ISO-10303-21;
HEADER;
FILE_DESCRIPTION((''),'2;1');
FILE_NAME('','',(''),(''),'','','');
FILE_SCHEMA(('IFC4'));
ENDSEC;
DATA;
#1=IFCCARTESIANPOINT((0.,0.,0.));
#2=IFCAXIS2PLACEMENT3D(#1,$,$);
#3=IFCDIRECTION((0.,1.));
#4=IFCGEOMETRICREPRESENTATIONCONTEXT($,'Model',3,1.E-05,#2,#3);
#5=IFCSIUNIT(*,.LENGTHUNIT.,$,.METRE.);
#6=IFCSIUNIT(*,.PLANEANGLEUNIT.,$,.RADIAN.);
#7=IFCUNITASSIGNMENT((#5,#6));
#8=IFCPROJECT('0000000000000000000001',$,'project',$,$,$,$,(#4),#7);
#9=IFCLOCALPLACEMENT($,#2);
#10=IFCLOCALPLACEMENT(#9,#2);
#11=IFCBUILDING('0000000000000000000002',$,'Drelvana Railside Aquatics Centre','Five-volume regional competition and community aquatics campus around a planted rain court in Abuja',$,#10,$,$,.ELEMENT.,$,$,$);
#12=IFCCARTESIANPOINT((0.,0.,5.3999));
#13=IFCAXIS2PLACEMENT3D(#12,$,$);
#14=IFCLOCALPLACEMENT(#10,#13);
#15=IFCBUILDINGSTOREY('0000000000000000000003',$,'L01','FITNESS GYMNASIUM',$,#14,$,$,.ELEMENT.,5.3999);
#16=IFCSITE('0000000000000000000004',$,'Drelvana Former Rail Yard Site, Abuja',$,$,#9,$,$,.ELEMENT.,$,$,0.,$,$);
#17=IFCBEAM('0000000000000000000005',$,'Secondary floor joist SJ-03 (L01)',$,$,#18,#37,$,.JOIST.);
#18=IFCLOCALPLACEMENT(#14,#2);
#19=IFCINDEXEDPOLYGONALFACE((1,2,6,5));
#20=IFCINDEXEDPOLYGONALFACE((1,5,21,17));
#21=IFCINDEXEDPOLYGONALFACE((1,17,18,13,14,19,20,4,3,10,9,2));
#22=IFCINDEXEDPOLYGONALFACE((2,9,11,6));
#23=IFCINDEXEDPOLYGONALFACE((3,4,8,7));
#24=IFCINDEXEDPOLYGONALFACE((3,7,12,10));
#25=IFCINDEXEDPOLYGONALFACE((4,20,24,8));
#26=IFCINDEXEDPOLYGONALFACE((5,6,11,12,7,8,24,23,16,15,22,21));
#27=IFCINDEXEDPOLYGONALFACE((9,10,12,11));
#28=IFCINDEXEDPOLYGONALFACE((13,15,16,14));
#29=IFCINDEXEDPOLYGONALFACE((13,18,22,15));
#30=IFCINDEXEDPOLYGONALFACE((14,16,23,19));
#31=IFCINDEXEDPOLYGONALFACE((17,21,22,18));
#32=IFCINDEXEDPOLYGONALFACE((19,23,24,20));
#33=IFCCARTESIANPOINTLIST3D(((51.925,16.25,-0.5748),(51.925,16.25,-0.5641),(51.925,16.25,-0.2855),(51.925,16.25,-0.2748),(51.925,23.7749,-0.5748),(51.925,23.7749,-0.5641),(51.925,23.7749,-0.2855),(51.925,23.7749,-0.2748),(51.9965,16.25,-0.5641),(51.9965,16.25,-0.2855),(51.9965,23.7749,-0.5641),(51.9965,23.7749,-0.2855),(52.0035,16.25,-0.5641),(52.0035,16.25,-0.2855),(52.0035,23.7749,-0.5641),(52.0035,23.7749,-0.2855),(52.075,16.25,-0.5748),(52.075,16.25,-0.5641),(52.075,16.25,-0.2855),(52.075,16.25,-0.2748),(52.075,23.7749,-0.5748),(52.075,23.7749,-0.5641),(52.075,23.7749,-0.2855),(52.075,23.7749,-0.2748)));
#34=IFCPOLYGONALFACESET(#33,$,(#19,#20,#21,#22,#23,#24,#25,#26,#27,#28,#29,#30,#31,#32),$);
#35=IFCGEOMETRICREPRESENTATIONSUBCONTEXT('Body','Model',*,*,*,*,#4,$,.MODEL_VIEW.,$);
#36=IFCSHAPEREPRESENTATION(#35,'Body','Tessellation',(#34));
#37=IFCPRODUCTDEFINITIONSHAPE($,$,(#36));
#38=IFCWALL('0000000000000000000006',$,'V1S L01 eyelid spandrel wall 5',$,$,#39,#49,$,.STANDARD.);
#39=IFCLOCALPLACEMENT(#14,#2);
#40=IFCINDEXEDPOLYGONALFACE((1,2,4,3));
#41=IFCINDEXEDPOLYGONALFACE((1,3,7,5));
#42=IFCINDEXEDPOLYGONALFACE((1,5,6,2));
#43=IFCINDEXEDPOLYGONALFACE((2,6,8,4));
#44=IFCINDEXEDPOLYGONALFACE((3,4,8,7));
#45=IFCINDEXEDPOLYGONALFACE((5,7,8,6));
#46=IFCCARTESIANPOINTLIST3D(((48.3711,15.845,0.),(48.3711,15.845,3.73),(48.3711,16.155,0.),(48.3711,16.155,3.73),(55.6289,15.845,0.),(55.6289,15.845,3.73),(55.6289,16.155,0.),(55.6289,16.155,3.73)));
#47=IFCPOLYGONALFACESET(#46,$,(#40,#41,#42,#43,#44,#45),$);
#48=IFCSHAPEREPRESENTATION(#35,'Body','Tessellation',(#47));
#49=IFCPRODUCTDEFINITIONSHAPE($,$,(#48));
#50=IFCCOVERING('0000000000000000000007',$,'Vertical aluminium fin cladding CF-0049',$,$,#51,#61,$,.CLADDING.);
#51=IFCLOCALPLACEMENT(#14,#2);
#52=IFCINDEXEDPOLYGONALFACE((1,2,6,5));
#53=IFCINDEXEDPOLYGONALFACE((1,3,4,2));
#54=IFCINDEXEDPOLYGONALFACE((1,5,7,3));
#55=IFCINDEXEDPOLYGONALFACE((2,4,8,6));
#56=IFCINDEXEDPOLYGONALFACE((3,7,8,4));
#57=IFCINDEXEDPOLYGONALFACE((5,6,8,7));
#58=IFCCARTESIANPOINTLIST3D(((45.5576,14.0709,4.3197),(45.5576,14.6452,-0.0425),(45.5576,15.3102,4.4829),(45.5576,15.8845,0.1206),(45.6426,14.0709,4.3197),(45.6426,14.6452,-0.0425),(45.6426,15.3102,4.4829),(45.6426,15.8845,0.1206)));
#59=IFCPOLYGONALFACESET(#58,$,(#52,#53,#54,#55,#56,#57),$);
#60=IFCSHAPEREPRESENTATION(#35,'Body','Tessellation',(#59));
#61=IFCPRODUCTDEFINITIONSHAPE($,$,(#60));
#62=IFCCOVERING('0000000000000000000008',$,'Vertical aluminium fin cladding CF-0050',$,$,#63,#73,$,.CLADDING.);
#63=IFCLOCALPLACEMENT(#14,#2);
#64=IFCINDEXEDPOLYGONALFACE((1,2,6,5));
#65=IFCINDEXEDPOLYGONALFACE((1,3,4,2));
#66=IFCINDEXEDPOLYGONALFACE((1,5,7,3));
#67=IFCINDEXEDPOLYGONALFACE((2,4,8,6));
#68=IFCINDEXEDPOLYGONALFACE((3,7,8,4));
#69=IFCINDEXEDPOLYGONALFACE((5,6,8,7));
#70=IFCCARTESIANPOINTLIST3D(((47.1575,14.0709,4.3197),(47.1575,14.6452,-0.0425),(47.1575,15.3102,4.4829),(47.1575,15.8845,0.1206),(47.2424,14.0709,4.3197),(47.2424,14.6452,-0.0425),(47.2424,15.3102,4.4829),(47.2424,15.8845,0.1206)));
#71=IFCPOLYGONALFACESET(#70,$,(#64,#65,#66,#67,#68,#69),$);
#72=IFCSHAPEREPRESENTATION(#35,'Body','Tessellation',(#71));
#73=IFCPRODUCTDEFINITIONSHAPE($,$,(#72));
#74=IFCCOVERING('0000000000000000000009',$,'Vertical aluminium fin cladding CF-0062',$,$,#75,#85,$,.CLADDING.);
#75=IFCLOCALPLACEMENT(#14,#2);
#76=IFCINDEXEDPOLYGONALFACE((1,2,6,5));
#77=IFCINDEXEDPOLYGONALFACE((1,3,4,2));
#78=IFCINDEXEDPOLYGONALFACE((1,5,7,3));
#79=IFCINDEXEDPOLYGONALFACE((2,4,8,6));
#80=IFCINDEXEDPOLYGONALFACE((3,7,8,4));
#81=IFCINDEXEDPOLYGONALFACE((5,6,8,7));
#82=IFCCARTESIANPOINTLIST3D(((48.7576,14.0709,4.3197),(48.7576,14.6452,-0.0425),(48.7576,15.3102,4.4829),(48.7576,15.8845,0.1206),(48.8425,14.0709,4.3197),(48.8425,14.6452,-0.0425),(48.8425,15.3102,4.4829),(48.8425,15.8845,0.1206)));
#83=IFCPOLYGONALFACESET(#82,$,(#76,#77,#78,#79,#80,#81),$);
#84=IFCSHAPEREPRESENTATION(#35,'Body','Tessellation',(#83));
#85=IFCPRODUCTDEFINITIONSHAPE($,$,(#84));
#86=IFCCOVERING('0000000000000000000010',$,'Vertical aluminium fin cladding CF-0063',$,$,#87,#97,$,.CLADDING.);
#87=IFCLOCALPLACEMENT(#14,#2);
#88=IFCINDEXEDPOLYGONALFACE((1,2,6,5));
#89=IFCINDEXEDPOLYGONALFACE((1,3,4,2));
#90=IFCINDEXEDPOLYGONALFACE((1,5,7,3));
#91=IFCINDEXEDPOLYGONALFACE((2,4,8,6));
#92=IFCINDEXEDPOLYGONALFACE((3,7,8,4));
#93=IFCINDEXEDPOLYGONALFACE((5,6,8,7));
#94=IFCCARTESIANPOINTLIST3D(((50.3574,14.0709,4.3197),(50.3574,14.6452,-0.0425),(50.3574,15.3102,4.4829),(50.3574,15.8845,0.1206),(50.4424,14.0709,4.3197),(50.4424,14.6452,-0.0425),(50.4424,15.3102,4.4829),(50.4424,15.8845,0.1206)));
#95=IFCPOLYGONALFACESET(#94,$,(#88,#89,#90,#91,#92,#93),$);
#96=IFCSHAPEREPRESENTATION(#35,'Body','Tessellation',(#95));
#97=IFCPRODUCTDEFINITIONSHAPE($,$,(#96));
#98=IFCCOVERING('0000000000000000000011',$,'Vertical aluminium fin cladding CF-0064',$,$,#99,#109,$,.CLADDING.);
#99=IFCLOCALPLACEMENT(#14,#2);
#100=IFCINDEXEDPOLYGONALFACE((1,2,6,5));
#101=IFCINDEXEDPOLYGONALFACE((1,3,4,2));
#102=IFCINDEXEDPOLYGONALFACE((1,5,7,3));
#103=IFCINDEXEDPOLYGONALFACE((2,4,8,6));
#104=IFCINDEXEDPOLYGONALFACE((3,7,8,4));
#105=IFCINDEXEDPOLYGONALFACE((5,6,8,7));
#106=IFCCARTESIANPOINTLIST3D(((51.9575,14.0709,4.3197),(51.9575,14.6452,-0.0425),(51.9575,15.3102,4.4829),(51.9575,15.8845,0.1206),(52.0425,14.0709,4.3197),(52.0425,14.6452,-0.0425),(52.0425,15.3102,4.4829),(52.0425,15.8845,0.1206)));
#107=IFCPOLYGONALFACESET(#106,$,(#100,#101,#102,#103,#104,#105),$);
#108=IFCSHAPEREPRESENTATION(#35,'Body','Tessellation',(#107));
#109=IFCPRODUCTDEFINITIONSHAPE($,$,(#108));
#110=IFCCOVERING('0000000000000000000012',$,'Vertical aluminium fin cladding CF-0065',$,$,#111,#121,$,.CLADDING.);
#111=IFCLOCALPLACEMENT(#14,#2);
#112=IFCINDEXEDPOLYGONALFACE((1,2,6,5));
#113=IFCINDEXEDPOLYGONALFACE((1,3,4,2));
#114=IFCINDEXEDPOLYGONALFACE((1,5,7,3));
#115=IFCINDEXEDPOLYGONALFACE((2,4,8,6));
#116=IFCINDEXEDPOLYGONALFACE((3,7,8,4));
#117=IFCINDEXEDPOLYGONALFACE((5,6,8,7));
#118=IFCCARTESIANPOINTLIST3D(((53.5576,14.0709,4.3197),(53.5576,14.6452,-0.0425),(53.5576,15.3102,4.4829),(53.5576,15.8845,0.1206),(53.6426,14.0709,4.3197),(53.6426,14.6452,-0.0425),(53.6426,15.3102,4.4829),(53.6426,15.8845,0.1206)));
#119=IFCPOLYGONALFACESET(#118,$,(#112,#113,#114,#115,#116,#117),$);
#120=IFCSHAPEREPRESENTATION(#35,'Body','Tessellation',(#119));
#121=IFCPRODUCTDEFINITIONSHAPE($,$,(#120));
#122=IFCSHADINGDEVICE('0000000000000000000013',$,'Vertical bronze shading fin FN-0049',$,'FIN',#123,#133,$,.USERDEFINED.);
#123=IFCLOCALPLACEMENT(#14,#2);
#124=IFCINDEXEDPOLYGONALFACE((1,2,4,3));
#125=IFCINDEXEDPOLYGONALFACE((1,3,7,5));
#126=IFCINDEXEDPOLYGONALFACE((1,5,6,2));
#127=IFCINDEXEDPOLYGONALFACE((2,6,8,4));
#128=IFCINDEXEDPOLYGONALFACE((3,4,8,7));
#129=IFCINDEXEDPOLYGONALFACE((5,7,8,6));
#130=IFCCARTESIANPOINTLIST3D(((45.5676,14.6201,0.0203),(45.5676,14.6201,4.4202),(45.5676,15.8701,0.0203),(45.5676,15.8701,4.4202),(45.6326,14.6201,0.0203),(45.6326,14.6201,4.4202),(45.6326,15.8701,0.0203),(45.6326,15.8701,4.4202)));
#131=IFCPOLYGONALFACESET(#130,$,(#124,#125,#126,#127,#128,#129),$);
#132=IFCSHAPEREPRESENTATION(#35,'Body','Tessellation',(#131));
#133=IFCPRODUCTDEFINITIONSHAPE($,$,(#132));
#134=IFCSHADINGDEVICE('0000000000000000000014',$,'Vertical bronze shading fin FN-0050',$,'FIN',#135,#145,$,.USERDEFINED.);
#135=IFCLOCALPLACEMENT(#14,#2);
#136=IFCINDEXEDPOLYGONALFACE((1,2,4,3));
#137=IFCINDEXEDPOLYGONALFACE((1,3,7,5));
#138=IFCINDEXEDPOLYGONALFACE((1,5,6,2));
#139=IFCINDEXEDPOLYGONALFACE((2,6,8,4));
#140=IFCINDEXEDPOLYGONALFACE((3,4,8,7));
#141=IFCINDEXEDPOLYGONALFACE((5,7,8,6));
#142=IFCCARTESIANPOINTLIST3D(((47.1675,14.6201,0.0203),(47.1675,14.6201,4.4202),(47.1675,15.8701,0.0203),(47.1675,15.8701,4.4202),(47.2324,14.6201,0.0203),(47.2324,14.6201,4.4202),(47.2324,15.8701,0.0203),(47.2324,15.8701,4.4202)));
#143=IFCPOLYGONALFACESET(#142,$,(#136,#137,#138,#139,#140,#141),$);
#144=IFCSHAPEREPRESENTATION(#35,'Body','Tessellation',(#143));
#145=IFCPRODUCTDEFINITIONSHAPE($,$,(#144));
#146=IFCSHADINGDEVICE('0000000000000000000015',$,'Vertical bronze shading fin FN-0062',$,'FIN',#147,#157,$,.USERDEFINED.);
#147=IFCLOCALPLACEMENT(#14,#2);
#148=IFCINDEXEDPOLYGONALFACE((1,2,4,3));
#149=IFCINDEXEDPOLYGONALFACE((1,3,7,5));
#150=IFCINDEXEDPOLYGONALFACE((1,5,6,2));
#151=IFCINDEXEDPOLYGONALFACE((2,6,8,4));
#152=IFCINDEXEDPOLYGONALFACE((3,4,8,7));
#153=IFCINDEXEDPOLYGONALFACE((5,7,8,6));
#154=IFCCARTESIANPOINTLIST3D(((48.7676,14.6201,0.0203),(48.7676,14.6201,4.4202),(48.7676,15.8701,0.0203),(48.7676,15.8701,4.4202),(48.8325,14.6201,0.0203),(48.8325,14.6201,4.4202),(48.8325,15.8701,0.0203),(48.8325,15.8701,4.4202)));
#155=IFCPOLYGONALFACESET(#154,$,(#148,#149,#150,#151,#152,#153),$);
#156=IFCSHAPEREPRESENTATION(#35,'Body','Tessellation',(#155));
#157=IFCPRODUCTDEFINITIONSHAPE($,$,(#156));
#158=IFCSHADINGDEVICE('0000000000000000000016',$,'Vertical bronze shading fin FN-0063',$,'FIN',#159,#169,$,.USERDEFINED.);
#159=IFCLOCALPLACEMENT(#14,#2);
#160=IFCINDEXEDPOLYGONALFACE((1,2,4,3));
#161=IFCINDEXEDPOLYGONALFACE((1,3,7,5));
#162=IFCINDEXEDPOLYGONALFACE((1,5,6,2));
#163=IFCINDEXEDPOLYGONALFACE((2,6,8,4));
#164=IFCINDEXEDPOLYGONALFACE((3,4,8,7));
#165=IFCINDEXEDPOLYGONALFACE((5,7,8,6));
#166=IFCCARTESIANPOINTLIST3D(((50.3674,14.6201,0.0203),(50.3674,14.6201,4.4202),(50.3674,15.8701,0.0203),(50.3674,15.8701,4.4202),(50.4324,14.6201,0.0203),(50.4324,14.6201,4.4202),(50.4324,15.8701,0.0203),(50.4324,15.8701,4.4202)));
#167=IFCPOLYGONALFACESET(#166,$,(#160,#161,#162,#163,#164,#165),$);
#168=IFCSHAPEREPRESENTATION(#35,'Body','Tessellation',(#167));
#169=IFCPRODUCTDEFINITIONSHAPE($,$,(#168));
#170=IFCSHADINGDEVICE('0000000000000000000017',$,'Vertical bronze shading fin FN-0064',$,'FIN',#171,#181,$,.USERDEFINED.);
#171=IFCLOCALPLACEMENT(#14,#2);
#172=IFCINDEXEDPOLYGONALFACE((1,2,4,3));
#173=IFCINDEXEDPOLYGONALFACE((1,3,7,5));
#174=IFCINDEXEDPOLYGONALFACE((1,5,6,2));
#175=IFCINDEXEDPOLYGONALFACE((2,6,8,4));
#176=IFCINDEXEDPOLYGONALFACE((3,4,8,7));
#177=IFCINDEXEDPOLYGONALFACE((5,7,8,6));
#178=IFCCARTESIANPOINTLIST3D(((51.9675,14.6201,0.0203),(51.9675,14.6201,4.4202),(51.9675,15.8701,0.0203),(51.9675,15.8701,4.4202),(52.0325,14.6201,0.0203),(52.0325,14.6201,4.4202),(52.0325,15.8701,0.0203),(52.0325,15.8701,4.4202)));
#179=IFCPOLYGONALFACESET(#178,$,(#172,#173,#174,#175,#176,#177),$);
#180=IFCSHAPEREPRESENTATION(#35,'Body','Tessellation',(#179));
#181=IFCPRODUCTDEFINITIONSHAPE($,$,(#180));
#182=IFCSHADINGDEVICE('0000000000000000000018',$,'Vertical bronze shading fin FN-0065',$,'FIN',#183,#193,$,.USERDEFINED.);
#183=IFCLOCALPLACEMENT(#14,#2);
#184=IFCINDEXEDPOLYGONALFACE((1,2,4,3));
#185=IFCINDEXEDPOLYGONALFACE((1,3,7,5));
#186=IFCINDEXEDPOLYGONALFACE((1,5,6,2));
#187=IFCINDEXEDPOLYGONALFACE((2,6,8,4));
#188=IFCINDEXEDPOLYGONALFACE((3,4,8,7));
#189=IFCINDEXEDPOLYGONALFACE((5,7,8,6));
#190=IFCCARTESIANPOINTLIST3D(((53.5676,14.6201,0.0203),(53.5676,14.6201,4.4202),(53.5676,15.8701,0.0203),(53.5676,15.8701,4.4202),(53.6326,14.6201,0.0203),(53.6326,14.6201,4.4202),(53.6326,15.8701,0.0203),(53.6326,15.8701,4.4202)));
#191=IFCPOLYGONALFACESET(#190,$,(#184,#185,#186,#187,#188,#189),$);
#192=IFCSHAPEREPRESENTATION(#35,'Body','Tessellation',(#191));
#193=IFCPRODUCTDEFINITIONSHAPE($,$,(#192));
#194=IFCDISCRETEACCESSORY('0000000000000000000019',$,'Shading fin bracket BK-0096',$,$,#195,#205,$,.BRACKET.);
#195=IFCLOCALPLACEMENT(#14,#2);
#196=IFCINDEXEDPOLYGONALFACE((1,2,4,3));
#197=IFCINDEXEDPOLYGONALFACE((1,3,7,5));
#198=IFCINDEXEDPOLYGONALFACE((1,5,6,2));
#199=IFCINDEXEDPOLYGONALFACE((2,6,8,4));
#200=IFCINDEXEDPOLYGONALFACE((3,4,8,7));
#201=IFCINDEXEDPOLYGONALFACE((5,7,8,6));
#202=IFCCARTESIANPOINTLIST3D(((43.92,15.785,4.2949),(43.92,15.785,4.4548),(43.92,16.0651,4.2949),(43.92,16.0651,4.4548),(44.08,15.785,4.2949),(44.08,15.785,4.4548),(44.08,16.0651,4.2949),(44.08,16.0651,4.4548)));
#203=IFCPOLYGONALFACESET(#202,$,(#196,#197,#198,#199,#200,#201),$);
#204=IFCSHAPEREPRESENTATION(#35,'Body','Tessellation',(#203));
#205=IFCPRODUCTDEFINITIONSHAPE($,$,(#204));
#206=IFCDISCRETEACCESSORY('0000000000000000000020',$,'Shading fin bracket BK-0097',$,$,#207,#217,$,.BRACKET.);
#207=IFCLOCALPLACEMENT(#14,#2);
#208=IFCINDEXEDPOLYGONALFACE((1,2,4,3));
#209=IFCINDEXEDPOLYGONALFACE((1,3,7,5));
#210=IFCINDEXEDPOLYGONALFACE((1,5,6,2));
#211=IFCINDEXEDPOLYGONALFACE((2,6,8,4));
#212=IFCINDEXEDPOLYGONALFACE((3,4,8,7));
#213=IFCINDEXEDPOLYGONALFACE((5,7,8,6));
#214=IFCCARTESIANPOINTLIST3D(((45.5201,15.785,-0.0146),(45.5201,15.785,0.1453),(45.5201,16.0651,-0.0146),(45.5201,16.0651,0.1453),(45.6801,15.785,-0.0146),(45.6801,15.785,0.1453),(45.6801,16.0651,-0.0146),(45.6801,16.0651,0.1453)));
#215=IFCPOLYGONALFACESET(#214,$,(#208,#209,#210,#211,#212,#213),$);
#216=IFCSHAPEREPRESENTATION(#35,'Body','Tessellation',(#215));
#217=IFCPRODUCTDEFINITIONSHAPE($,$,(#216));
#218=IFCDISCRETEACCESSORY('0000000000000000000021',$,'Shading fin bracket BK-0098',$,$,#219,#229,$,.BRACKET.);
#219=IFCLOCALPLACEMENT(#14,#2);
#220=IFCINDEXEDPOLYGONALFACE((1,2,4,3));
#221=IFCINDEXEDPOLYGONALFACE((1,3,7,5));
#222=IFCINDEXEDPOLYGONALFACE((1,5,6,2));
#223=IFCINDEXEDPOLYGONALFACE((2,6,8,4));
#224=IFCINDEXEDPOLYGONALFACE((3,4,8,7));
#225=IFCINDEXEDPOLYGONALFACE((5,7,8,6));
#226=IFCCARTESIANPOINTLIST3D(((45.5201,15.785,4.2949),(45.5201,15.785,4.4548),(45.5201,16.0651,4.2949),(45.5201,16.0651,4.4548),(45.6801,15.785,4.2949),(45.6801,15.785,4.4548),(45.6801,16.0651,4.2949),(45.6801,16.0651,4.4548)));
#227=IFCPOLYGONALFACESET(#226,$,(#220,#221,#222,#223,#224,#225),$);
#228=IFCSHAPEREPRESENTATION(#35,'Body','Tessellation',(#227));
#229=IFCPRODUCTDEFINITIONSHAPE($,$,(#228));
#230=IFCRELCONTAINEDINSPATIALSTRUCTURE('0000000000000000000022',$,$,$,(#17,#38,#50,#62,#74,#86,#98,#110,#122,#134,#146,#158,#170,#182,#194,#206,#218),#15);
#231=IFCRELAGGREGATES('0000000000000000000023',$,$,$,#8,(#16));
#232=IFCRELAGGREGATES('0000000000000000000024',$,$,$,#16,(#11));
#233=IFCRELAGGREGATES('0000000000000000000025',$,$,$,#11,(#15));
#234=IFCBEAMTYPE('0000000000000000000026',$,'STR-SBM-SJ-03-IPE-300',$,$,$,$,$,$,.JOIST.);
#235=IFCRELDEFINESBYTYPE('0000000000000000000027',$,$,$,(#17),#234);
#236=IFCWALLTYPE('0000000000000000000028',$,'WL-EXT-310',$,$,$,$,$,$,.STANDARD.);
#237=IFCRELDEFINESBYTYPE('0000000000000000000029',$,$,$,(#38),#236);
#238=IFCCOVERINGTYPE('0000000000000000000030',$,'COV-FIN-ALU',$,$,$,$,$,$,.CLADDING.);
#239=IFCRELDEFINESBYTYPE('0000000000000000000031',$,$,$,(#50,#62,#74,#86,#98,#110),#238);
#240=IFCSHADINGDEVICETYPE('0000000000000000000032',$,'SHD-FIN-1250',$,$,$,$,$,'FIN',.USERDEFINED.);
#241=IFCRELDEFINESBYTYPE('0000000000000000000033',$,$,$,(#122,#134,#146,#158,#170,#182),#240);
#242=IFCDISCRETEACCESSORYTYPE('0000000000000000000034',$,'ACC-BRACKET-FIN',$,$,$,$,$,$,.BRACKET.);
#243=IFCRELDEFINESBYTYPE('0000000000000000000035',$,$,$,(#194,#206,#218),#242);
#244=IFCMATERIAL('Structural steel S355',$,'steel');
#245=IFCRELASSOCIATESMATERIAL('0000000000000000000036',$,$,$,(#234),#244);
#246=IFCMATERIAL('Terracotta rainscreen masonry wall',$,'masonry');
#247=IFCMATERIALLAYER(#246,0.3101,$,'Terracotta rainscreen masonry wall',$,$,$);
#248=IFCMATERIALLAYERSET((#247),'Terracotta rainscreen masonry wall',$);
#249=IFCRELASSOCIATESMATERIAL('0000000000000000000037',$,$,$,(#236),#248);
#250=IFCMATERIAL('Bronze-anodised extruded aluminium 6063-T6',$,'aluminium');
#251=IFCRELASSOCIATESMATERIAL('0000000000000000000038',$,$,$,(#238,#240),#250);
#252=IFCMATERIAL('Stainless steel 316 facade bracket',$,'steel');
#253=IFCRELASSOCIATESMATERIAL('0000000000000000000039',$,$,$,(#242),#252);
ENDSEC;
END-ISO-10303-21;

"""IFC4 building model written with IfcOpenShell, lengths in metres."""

from ifc_helpers import new_model, si_unit, direction, frame, frame_2d, origin, origin_2d, place, context, subcontext, project, spatial, rectangle, i_section, extrude, material, layer, layer_set, material_profile, profile_set, type_object, element, save


model = new_model("IFC4")

# Units and contexts
model_context = context("Model", 3, precision=1e-05, world=origin(), true_north=direction((0.0, 1.0)))
body_context = subcontext(model_context, "Body", "Model", "MODEL_VIEW")
ifc_project = project(units=[si_unit("LENGTHUNIT", "METRE"), si_unit("PLANEANGLEUNIT", "RADIAN")], contexts=[model_context])

# Site, building, storey
site_placement = place(None, origin())
site = spatial("IfcSite", under=ifc_project, at=site_placement, Name="Drelvana Former Rail Yard Site, Abuja", CompositionType="ELEMENT", RefElevation=0.0)
building_placement = place(site_placement, origin())
building = spatial("IfcBuilding", under=site, at=building_placement, Name="Drelvana Railside Aquatics Centre", Description="Five-volume regional competition and community aquatics campus around a planted rain court in Abuja", CompositionType="ELEMENT")
storey_placement = place(building_placement, frame((0.0, 0.0, 5.3999)))
storey = spatial("IfcBuildingStorey", under=building, at=storey_placement, Name="L01", Description="FITNESS GYMNASIUM", CompositionType="ELEMENT", Elevation=5.3999)

# Beam
ifc_material_1 = material(Name="Structural steel S355", Category="steel")
ifc_material_profile_1 = material_profile(ifc_material_1, i_section(OverallWidth=0.1499, OverallDepth=0.3, WebThickness=0.0071, FlangeThickness=0.0107, at=origin_2d()), Name="IPE 300")
ifc_profile_set_1 = profile_set([ifc_material_profile_1], Name="Structural steel S355")
beam_type_1 = type_object("IfcBeamType", Name="STR-SBM-SJ-03-IPE-300", PredefinedType="JOIST", material=ifc_profile_set_1)
for number, where, z_axis, x_axis, name in (
    (1, (52.0, 16.25, -0.4248), (0.0, 1.0, 0.0), (-1.0, 0.0, 0.0), "Secondary floor joist SJ-03 (L01)"),
):
    element("IfcBeam", number, at=place(storey_placement, frame(where, z_axis=z_axis, x_axis=x_axis)), inside=storey, type_object=beam_type_1, Name=name, PredefinedType="JOIST", context=body_context, shape_type="SweptSolid", body=[
        extrude(i_section(OverallWidth=0.1499, OverallDepth=0.3, WebThickness=0.0071, FlangeThickness=0.0107, at=origin_2d()), origin(), (0.0, 0.0, 1.0), 7.5249),
    ])

# Wall
ifc_material_2 = material(Name="Terracotta rainscreen masonry wall", Category="masonry")
ifc_layer = layer(ifc_material_2, 0.3101, Name="Terracotta rainscreen masonry wall")
ifc_layer_set = layer_set([ifc_layer], Name="Terracotta rainscreen masonry wall")
wall_type = type_object("IfcWallType", Name="WL-EXT-310", PredefinedType="STANDARD", material=ifc_layer_set)
wall_placement = place(storey_placement, frame((48.3711, 16.0, 0.0), z_axis=(0.0, 0.0, 1.0), x_axis=(1.0, 0.0, 0.0)))
element("IfcWall", 2, at=wall_placement, inside=storey, type_object=wall_type, Name="V1S L01 eyelid spandrel wall 5", PredefinedType="STANDARD", context=body_context, shape_type="SweptSolid", body=[
    extrude(rectangle(XDim=7.2578, YDim=0.3101, at=frame_2d((3.6289, 0.0))), origin(), (0.0, 0.0, 1.0), 3.73),
])

# Coverings
ifc_material_3 = material(Name="Bronze-anodised extruded aluminium 6063-T6", Category="aluminium")
covering_type = type_object("IfcCoveringType", Name="COV-FIN-ALU", PredefinedType="CLADDING", material=ifc_material_3)
for number, where, z_axis, x_axis, name in (
    (3, (45.6001, 15.2649, 0.0391), (0.0, -0.130526, 0.991445), (-1.0, 0.0, 0.0), "Vertical aluminium fin cladding CF-0049"),
    (4, (47.2, 15.2649, 0.0391), (0.0, -0.130526, 0.991445), (-1.0, 0.0, 0.0), "Vertical aluminium fin cladding CF-0050"),
    (5, (48.8, 15.2649, 0.0391), (0.0, -0.130526, 0.991445), (-1.0, 0.0, 0.0), "Vertical aluminium fin cladding CF-0062"),
    (6, (50.3999, 15.2649, 0.0391), (0.0, -0.130526, 0.991445), (-1.0, 0.0, 0.0), "Vertical aluminium fin cladding CF-0063"),
    (7, (52.0, 15.2649, 0.0391), (0.0, -0.130526, 0.991445), (-1.0, 0.0, 0.0), "Vertical aluminium fin cladding CF-0064"),
    (8, (53.6001, 15.2649, 0.0391), (0.0, -0.130526, 0.991445), (-1.0, 0.0, 0.0), "Vertical aluminium fin cladding CF-0065"),
):
    element("IfcCovering", number, at=place(storey_placement, frame(where, z_axis=z_axis, x_axis=x_axis)), inside=storey, type_object=covering_type, Name=name, PredefinedType="CLADDING", context=body_context, shape_type="SweptSolid", body=[
        extrude(rectangle(XDim=0.085, YDim=1.25, at=origin_2d()), origin(), (0.0, 0.0, 1.0), 4.3999),
    ])

# Shading devices
shading_device_type = type_object("IfcShadingDeviceType", Name="SHD-FIN-1250", ElementType="FIN", PredefinedType="USERDEFINED", material=ifc_material_3)
for number, where, z_axis, x_axis, name in (
    (9, (45.6001, 15.2451, 0.0203), (0.0, 0.0, 1.0), (0.0, -1.0, 0.0), "Vertical bronze shading fin FN-0049"),
    (10, (47.2, 15.2451, 0.0203), (0.0, 0.0, 1.0), (0.0, -1.0, 0.0), "Vertical bronze shading fin FN-0050"),
    (11, (48.8, 15.2451, 0.0203), (0.0, 0.0, 1.0), (0.0, -1.0, 0.0), "Vertical bronze shading fin FN-0062"),
    (12, (50.3999, 15.2451, 0.0203), (0.0, 0.0, 1.0), (0.0, -1.0, 0.0), "Vertical bronze shading fin FN-0063"),
    (13, (52.0, 15.2451, 0.0203), (0.0, 0.0, 1.0), (0.0, -1.0, 0.0), "Vertical bronze shading fin FN-0064"),
    (14, (53.6001, 15.2451, 0.0203), (0.0, 0.0, 1.0), (0.0, -1.0, 0.0), "Vertical bronze shading fin FN-0065"),
):
    element("IfcShadingDevice", number, at=place(storey_placement, frame(where, z_axis=z_axis, x_axis=x_axis)), inside=storey, type_object=shading_device_type, Name=name, ObjectType="FIN", PredefinedType="USERDEFINED", context=body_context, shape_type="SweptSolid", body=[
        extrude(rectangle(XDim=1.25, YDim=0.0649, at=origin_2d()), origin(), (0.0, 0.0, 1.0), 4.3999),
    ])

# Discrete accessories
ifc_material_4 = material(Name="Stainless steel 316 facade bracket", Category="steel")
discrete_accessory_type = type_object("IfcDiscreteAccessoryType", Name="ACC-BRACKET-FIN", PredefinedType="BRACKET", material=ifc_material_4)
for number, where, z_axis, x_axis, name in (
    (15, (44.0, 15.925, 4.2949), (0.0, 0.0, 1.0), (0.0, -1.0, 0.0), "Shading fin bracket BK-0096"),
    (16, (45.6001, 15.925, -0.0146), (0.0, 0.0, 1.0), (0.0, -1.0, 0.0), "Shading fin bracket BK-0097"),
    (17, (45.6001, 15.925, 4.2949), (0.0, 0.0, 1.0), (0.0, -1.0, 0.0), "Shading fin bracket BK-0098"),
):
    element("IfcDiscreteAccessory", number, at=place(storey_placement, frame(where, z_axis=z_axis, x_axis=x_axis)), inside=storey, type_object=discrete_accessory_type, Name=name, PredefinedType="BRACKET", context=body_context, shape_type="SweptSolid", body=[
        extrude(rectangle(XDim=0.28, YDim=0.1599, at=origin_2d()), origin(), (0.0, 0.0, 1.0), 0.1599),
    ])

save(model, "model.ifc")
